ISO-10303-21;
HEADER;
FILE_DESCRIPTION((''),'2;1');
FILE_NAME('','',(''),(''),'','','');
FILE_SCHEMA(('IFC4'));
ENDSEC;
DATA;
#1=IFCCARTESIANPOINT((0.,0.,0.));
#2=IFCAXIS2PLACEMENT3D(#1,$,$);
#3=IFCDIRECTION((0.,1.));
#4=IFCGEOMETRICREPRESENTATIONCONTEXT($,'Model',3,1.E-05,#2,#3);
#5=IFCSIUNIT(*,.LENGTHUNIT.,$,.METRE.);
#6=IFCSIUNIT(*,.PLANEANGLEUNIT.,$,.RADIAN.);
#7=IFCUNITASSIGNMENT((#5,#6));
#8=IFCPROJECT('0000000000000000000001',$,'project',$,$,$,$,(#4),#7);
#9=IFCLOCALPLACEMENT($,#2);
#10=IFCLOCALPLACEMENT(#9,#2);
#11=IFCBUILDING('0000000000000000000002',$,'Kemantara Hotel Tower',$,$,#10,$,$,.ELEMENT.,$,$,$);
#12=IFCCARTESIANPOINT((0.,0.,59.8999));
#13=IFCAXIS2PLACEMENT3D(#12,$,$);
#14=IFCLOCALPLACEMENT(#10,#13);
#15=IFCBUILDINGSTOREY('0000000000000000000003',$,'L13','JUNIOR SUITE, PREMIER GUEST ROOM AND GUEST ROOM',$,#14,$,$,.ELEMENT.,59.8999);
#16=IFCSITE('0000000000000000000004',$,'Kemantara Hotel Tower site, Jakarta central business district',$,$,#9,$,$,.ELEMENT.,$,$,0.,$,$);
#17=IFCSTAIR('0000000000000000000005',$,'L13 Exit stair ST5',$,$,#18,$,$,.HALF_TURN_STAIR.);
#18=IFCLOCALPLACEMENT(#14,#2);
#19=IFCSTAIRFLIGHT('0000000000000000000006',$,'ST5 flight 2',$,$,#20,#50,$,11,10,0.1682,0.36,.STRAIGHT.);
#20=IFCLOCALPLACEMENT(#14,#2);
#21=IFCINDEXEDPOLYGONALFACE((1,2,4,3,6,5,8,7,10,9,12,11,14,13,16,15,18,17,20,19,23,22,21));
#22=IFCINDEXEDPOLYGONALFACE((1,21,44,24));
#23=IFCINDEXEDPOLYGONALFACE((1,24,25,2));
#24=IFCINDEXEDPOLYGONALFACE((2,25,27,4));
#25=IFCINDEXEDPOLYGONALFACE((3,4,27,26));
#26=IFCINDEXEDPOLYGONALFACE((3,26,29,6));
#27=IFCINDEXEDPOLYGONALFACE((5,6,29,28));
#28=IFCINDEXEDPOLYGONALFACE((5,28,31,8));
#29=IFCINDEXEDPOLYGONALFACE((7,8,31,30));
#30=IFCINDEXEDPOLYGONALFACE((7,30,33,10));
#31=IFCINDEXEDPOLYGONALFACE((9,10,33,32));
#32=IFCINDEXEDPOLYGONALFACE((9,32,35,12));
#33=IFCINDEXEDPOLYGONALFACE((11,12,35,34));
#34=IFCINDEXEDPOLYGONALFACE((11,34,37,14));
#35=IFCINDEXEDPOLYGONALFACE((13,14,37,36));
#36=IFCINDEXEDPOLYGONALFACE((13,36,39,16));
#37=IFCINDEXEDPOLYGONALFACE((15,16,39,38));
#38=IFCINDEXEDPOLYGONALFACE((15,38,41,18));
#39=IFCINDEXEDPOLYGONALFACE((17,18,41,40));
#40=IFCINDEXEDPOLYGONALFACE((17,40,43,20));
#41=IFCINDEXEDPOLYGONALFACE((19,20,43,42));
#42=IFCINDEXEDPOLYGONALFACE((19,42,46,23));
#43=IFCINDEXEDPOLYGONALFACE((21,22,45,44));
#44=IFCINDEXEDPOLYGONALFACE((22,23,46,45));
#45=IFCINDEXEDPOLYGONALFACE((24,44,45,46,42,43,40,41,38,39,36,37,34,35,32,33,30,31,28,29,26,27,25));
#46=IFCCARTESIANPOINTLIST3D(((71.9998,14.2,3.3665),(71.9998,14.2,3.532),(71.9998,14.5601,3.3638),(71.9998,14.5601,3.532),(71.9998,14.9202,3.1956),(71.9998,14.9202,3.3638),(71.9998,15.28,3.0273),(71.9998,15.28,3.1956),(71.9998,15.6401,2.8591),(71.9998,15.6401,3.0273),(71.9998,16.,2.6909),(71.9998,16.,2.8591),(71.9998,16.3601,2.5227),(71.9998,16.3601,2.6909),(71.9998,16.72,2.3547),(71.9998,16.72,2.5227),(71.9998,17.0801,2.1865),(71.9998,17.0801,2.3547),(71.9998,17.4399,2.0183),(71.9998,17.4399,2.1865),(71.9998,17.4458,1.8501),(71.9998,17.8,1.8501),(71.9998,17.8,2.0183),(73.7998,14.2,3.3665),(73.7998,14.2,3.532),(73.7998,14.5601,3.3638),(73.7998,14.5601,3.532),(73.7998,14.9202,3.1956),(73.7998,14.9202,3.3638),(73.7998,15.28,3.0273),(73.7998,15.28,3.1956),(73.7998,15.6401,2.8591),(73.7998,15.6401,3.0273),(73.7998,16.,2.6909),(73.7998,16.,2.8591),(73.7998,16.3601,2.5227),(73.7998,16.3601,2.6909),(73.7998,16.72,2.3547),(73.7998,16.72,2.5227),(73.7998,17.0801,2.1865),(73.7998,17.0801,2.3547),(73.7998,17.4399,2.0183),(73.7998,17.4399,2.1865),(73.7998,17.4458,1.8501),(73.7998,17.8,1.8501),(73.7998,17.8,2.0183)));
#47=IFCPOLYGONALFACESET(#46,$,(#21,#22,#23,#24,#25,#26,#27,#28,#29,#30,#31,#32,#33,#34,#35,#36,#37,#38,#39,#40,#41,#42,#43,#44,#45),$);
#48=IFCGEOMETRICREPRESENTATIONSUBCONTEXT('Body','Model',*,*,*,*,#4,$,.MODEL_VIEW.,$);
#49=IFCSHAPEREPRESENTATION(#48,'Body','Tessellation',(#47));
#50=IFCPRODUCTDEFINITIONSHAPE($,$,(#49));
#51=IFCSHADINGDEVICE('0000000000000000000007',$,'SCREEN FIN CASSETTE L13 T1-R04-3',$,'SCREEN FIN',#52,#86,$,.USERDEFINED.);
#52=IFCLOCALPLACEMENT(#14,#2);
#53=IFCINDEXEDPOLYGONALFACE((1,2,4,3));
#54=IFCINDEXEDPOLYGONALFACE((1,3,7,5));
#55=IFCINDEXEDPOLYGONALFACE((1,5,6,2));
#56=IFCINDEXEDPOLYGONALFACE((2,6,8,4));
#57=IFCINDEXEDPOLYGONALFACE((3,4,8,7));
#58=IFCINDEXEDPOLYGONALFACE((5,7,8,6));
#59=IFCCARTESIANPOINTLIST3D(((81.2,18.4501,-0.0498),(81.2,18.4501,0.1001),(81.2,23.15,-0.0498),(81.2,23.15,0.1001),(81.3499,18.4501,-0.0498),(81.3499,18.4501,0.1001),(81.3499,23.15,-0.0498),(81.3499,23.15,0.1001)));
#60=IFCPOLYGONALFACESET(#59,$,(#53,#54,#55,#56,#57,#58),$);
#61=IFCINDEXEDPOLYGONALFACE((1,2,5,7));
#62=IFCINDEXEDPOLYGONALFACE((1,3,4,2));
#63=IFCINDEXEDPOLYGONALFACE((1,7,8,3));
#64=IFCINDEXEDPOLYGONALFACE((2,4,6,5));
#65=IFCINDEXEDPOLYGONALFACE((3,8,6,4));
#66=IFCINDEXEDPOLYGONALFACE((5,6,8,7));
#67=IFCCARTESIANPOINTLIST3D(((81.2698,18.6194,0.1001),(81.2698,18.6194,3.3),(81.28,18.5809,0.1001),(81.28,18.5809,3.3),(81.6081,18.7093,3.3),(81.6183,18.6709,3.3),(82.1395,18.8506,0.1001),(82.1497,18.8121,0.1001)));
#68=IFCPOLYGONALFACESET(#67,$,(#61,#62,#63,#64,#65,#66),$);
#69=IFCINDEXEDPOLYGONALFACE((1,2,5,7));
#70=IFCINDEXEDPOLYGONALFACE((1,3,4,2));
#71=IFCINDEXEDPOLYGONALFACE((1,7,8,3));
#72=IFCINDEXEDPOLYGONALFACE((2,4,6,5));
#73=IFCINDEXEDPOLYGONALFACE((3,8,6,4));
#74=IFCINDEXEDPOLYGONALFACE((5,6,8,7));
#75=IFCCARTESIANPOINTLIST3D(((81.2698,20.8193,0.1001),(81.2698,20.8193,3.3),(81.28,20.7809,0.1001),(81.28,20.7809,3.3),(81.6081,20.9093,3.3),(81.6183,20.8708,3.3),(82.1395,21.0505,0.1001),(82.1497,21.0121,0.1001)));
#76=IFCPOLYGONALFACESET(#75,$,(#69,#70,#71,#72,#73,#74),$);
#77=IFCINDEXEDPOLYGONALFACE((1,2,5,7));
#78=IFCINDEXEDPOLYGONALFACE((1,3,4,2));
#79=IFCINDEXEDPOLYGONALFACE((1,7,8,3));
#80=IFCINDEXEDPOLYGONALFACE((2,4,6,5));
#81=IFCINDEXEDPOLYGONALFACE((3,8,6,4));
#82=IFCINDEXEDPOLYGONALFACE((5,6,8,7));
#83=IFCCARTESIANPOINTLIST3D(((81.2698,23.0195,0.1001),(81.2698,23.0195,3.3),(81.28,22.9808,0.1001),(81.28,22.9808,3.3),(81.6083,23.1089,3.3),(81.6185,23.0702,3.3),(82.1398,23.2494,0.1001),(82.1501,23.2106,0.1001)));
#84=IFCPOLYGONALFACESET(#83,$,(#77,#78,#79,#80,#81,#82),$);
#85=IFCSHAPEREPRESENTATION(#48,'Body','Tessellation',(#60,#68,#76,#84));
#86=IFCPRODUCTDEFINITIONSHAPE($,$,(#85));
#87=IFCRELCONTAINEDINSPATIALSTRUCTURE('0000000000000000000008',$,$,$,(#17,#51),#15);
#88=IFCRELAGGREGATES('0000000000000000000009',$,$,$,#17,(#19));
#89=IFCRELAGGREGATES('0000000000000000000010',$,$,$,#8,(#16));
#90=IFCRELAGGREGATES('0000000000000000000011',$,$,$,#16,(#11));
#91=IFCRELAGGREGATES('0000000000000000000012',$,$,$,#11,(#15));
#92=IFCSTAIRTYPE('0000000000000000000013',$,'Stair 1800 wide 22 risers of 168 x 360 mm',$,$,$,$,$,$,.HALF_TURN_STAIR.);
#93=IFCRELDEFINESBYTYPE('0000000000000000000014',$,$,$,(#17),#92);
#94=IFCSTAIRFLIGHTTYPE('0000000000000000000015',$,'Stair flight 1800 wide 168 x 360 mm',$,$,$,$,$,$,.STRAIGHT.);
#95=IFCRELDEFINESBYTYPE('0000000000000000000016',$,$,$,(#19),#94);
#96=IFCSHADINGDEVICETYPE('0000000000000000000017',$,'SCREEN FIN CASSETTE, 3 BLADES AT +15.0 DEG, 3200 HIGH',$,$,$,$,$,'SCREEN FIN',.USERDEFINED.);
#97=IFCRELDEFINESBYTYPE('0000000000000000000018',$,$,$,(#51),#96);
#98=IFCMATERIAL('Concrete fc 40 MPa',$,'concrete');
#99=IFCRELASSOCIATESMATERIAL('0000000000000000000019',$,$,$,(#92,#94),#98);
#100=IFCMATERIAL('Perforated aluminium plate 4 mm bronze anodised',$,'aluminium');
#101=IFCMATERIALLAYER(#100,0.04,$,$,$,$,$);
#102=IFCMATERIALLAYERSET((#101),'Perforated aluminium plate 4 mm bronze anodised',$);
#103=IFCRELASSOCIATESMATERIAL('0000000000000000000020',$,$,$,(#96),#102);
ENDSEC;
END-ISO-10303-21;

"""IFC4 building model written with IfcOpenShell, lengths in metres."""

from ifc_helpers import new_model, si_unit, direction, frame, origin, origin_2d, place, context, subcontext, project, spatial, polyline, rectangle, outline, extrude, source, transform, mapped, material, layer, layer_set, type_object, element, aggregate, save


model = new_model("IFC4")

# Units and contexts
model_context = context("Model", 3, precision=1e-05, world=origin(), true_north=direction((0.0, 1.0)))
body_context = subcontext(model_context, "Body", "Model", "MODEL_VIEW")
ifc_project = project(units=[si_unit("LENGTHUNIT", "METRE"), si_unit("PLANEANGLEUNIT", "RADIAN")], contexts=[model_context])

# Site, building, storey
site_placement = place(None, origin())
site = spatial("IfcSite", under=ifc_project, at=site_placement, Name="Kemantara Hotel Tower site, Jakarta central business district", CompositionType="ELEMENT", RefElevation=0.0)
building_placement = place(site_placement, origin())
building = spatial("IfcBuilding", under=site, at=building_placement, Name="Kemantara Hotel Tower", CompositionType="ELEMENT")
storey_placement = place(building_placement, frame((0.0, 0.0, 59.8999)))
storey = spatial("IfcBuildingStorey", under=building, at=storey_placement, Name="L13", Description="JUNIOR SUITE, PREMIER GUEST ROOM AND GUEST ROOM", CompositionType="ELEMENT", Elevation=59.8999)

# Shared definitions
ifc_material_1 = material(Name="Concrete fc 40 MPa", Category="concrete")

# Stair, stair flight
stair_type = type_object("IfcStairType", Name="Stair 1800 wide 22 risers of 168 x 360 mm", PredefinedType="HALF_TURN_STAIR", material=ifc_material_1)
stair_flight_type = type_object("IfcStairFlightType", Name="Stair flight 1800 wide 168 x 360 mm", PredefinedType="STRAIGHT", material=ifc_material_1)
stair_1_placement = place(storey_placement, origin())
stair_1 = element("IfcStair", 1, at=stair_1_placement, inside=storey, type_object=stair_type, Name="L13 Exit stair ST5", PredefinedType="HALF_TURN_STAIR")
stair_flight_1_placement = place(storey_placement, frame((72.8999, 17.8, 1.8501), z_axis=(0.0, 0.0, 1.0), x_axis=(0.0, -1.0, 0.0)))
stair_flight_1 = element("IfcStairFlight", 2, at=stair_flight_1_placement, type_object=stair_flight_type, Name="ST5 flight 2", NumberOfRisers=11, NumberOfTreads=10, PredefinedType="STRAIGHT", RiserHeight=0.1682, TreadLength=0.36, context=body_context, shape_type="SweptSolid", body=[
    extrude(outline(polyline([(0.0, 0.0), (0.0, 0.1682), (0.3601, 0.1682), (0.3601, 0.3364), (0.72, 0.3364), (0.72, 0.5046), (1.0801, 0.5046), (1.0801, 0.6726), (1.4399, 0.6726), (1.4399, 0.8408), (1.8, 0.8408), (1.8, 1.009), (2.1599, 1.009), (2.1599, 1.1772), (2.52, 1.1772), (2.52, 1.3455), (2.8799, 1.3455), (2.8799, 1.5137), (3.24, 1.5137), (3.24, 1.6819), (3.6001, 1.6819), (3.6001, 1.8501), (3.6001, 1.5164), (0.3542, 0.0), (0.0, 0.0)])), frame((0.0, 0.8999, 0.0), z_axis=(0.0, -1.0, 0.0), x_axis=(1.0, 0.0, 0.0)), (0.0, 0.0, 1.0), 1.8),
])
aggregate(stair_1, [stair_flight_1])

# Shading device
ifc_material_2 = material(Name="Perforated aluminium plate 4 mm bronze anodised", Category="aluminium")
ifc_layer_1 = layer(ifc_material_2, 0.04)
ifc_layer_set_1 = layer_set([ifc_layer_1], Name="Perforated aluminium plate 4 mm bronze anodised")
shading_device_type = type_object("IfcShadingDeviceType", Name="SCREEN FIN CASSETTE, 3 BLADES AT +15.0 DEG, 3200 HIGH", ElementType="SCREEN FIN", PredefinedType="USERDEFINED", material=ifc_layer_set_1)
shared_shape_1 = source(origin(), body_context, "Body", "SweptSolid", [
    extrude(rectangle(XDim=4.7, YDim=0.1499, at=origin_2d()), frame((2.2, -0.075, -0.1499), z_axis=(0.0, 0.0, 1.0), x_axis=(1.0, 0.0, 0.0)), (0.0, 0.0, 1.0), 0.1499),
    extrude(outline(polyline([(0.0, 0.0), (0.8999, 0.0), (0.3501, 3.2), (0.0, 3.2), (0.0, 0.0)])), frame((0.0193, -0.0698, 0.0), z_axis=(-0.966438, -0.256901, 0.0), x_axis=(0.256901, -0.966438, 0.0)), (0.0, 0.0, 1.0), 0.0398),
    extrude(outline(polyline([(0.0, 0.0), (0.8999, 0.0), (0.3501, 3.2), (0.0, 3.2), (0.0, 0.0)])), frame((2.2192, -0.0698, 0.0), z_axis=(-0.966438, -0.256901, 0.0), x_axis=(0.256901, -0.966438, 0.0)), (0.0, 0.0, 1.0), 0.0398),
    extrude(outline(polyline([(0.0, 0.0), (0.8999, 0.0), (0.3501, 3.2), (0.0, 3.2), (0.0, 0.0)])), frame((4.4194, -0.0698, 0.0), z_axis=(-0.966838, -0.255391, 0.0), x_axis=(0.255391, -0.966838, 0.0)), (0.0, 0.0, 1.0), 0.04),
])
shading_device_placement = place(storey_placement, frame((81.2, 18.6001, 0.1001), z_axis=(0.0, 0.0, 1.0), x_axis=(0.0, 1.0, 0.0)))
element("IfcShadingDevice", 3, at=shading_device_placement, inside=storey, type_object=shading_device_type, Name="SCREEN FIN CASSETTE L13 T1-R04-3", ObjectType="SCREEN FIN", PredefinedType="USERDEFINED", context=body_context, shape_type="MappedRepresentation", body=[
    mapped(shared_shape_1, transform((0.0, 0.0, 0.0))),
])

save(model, "model.ifc")
